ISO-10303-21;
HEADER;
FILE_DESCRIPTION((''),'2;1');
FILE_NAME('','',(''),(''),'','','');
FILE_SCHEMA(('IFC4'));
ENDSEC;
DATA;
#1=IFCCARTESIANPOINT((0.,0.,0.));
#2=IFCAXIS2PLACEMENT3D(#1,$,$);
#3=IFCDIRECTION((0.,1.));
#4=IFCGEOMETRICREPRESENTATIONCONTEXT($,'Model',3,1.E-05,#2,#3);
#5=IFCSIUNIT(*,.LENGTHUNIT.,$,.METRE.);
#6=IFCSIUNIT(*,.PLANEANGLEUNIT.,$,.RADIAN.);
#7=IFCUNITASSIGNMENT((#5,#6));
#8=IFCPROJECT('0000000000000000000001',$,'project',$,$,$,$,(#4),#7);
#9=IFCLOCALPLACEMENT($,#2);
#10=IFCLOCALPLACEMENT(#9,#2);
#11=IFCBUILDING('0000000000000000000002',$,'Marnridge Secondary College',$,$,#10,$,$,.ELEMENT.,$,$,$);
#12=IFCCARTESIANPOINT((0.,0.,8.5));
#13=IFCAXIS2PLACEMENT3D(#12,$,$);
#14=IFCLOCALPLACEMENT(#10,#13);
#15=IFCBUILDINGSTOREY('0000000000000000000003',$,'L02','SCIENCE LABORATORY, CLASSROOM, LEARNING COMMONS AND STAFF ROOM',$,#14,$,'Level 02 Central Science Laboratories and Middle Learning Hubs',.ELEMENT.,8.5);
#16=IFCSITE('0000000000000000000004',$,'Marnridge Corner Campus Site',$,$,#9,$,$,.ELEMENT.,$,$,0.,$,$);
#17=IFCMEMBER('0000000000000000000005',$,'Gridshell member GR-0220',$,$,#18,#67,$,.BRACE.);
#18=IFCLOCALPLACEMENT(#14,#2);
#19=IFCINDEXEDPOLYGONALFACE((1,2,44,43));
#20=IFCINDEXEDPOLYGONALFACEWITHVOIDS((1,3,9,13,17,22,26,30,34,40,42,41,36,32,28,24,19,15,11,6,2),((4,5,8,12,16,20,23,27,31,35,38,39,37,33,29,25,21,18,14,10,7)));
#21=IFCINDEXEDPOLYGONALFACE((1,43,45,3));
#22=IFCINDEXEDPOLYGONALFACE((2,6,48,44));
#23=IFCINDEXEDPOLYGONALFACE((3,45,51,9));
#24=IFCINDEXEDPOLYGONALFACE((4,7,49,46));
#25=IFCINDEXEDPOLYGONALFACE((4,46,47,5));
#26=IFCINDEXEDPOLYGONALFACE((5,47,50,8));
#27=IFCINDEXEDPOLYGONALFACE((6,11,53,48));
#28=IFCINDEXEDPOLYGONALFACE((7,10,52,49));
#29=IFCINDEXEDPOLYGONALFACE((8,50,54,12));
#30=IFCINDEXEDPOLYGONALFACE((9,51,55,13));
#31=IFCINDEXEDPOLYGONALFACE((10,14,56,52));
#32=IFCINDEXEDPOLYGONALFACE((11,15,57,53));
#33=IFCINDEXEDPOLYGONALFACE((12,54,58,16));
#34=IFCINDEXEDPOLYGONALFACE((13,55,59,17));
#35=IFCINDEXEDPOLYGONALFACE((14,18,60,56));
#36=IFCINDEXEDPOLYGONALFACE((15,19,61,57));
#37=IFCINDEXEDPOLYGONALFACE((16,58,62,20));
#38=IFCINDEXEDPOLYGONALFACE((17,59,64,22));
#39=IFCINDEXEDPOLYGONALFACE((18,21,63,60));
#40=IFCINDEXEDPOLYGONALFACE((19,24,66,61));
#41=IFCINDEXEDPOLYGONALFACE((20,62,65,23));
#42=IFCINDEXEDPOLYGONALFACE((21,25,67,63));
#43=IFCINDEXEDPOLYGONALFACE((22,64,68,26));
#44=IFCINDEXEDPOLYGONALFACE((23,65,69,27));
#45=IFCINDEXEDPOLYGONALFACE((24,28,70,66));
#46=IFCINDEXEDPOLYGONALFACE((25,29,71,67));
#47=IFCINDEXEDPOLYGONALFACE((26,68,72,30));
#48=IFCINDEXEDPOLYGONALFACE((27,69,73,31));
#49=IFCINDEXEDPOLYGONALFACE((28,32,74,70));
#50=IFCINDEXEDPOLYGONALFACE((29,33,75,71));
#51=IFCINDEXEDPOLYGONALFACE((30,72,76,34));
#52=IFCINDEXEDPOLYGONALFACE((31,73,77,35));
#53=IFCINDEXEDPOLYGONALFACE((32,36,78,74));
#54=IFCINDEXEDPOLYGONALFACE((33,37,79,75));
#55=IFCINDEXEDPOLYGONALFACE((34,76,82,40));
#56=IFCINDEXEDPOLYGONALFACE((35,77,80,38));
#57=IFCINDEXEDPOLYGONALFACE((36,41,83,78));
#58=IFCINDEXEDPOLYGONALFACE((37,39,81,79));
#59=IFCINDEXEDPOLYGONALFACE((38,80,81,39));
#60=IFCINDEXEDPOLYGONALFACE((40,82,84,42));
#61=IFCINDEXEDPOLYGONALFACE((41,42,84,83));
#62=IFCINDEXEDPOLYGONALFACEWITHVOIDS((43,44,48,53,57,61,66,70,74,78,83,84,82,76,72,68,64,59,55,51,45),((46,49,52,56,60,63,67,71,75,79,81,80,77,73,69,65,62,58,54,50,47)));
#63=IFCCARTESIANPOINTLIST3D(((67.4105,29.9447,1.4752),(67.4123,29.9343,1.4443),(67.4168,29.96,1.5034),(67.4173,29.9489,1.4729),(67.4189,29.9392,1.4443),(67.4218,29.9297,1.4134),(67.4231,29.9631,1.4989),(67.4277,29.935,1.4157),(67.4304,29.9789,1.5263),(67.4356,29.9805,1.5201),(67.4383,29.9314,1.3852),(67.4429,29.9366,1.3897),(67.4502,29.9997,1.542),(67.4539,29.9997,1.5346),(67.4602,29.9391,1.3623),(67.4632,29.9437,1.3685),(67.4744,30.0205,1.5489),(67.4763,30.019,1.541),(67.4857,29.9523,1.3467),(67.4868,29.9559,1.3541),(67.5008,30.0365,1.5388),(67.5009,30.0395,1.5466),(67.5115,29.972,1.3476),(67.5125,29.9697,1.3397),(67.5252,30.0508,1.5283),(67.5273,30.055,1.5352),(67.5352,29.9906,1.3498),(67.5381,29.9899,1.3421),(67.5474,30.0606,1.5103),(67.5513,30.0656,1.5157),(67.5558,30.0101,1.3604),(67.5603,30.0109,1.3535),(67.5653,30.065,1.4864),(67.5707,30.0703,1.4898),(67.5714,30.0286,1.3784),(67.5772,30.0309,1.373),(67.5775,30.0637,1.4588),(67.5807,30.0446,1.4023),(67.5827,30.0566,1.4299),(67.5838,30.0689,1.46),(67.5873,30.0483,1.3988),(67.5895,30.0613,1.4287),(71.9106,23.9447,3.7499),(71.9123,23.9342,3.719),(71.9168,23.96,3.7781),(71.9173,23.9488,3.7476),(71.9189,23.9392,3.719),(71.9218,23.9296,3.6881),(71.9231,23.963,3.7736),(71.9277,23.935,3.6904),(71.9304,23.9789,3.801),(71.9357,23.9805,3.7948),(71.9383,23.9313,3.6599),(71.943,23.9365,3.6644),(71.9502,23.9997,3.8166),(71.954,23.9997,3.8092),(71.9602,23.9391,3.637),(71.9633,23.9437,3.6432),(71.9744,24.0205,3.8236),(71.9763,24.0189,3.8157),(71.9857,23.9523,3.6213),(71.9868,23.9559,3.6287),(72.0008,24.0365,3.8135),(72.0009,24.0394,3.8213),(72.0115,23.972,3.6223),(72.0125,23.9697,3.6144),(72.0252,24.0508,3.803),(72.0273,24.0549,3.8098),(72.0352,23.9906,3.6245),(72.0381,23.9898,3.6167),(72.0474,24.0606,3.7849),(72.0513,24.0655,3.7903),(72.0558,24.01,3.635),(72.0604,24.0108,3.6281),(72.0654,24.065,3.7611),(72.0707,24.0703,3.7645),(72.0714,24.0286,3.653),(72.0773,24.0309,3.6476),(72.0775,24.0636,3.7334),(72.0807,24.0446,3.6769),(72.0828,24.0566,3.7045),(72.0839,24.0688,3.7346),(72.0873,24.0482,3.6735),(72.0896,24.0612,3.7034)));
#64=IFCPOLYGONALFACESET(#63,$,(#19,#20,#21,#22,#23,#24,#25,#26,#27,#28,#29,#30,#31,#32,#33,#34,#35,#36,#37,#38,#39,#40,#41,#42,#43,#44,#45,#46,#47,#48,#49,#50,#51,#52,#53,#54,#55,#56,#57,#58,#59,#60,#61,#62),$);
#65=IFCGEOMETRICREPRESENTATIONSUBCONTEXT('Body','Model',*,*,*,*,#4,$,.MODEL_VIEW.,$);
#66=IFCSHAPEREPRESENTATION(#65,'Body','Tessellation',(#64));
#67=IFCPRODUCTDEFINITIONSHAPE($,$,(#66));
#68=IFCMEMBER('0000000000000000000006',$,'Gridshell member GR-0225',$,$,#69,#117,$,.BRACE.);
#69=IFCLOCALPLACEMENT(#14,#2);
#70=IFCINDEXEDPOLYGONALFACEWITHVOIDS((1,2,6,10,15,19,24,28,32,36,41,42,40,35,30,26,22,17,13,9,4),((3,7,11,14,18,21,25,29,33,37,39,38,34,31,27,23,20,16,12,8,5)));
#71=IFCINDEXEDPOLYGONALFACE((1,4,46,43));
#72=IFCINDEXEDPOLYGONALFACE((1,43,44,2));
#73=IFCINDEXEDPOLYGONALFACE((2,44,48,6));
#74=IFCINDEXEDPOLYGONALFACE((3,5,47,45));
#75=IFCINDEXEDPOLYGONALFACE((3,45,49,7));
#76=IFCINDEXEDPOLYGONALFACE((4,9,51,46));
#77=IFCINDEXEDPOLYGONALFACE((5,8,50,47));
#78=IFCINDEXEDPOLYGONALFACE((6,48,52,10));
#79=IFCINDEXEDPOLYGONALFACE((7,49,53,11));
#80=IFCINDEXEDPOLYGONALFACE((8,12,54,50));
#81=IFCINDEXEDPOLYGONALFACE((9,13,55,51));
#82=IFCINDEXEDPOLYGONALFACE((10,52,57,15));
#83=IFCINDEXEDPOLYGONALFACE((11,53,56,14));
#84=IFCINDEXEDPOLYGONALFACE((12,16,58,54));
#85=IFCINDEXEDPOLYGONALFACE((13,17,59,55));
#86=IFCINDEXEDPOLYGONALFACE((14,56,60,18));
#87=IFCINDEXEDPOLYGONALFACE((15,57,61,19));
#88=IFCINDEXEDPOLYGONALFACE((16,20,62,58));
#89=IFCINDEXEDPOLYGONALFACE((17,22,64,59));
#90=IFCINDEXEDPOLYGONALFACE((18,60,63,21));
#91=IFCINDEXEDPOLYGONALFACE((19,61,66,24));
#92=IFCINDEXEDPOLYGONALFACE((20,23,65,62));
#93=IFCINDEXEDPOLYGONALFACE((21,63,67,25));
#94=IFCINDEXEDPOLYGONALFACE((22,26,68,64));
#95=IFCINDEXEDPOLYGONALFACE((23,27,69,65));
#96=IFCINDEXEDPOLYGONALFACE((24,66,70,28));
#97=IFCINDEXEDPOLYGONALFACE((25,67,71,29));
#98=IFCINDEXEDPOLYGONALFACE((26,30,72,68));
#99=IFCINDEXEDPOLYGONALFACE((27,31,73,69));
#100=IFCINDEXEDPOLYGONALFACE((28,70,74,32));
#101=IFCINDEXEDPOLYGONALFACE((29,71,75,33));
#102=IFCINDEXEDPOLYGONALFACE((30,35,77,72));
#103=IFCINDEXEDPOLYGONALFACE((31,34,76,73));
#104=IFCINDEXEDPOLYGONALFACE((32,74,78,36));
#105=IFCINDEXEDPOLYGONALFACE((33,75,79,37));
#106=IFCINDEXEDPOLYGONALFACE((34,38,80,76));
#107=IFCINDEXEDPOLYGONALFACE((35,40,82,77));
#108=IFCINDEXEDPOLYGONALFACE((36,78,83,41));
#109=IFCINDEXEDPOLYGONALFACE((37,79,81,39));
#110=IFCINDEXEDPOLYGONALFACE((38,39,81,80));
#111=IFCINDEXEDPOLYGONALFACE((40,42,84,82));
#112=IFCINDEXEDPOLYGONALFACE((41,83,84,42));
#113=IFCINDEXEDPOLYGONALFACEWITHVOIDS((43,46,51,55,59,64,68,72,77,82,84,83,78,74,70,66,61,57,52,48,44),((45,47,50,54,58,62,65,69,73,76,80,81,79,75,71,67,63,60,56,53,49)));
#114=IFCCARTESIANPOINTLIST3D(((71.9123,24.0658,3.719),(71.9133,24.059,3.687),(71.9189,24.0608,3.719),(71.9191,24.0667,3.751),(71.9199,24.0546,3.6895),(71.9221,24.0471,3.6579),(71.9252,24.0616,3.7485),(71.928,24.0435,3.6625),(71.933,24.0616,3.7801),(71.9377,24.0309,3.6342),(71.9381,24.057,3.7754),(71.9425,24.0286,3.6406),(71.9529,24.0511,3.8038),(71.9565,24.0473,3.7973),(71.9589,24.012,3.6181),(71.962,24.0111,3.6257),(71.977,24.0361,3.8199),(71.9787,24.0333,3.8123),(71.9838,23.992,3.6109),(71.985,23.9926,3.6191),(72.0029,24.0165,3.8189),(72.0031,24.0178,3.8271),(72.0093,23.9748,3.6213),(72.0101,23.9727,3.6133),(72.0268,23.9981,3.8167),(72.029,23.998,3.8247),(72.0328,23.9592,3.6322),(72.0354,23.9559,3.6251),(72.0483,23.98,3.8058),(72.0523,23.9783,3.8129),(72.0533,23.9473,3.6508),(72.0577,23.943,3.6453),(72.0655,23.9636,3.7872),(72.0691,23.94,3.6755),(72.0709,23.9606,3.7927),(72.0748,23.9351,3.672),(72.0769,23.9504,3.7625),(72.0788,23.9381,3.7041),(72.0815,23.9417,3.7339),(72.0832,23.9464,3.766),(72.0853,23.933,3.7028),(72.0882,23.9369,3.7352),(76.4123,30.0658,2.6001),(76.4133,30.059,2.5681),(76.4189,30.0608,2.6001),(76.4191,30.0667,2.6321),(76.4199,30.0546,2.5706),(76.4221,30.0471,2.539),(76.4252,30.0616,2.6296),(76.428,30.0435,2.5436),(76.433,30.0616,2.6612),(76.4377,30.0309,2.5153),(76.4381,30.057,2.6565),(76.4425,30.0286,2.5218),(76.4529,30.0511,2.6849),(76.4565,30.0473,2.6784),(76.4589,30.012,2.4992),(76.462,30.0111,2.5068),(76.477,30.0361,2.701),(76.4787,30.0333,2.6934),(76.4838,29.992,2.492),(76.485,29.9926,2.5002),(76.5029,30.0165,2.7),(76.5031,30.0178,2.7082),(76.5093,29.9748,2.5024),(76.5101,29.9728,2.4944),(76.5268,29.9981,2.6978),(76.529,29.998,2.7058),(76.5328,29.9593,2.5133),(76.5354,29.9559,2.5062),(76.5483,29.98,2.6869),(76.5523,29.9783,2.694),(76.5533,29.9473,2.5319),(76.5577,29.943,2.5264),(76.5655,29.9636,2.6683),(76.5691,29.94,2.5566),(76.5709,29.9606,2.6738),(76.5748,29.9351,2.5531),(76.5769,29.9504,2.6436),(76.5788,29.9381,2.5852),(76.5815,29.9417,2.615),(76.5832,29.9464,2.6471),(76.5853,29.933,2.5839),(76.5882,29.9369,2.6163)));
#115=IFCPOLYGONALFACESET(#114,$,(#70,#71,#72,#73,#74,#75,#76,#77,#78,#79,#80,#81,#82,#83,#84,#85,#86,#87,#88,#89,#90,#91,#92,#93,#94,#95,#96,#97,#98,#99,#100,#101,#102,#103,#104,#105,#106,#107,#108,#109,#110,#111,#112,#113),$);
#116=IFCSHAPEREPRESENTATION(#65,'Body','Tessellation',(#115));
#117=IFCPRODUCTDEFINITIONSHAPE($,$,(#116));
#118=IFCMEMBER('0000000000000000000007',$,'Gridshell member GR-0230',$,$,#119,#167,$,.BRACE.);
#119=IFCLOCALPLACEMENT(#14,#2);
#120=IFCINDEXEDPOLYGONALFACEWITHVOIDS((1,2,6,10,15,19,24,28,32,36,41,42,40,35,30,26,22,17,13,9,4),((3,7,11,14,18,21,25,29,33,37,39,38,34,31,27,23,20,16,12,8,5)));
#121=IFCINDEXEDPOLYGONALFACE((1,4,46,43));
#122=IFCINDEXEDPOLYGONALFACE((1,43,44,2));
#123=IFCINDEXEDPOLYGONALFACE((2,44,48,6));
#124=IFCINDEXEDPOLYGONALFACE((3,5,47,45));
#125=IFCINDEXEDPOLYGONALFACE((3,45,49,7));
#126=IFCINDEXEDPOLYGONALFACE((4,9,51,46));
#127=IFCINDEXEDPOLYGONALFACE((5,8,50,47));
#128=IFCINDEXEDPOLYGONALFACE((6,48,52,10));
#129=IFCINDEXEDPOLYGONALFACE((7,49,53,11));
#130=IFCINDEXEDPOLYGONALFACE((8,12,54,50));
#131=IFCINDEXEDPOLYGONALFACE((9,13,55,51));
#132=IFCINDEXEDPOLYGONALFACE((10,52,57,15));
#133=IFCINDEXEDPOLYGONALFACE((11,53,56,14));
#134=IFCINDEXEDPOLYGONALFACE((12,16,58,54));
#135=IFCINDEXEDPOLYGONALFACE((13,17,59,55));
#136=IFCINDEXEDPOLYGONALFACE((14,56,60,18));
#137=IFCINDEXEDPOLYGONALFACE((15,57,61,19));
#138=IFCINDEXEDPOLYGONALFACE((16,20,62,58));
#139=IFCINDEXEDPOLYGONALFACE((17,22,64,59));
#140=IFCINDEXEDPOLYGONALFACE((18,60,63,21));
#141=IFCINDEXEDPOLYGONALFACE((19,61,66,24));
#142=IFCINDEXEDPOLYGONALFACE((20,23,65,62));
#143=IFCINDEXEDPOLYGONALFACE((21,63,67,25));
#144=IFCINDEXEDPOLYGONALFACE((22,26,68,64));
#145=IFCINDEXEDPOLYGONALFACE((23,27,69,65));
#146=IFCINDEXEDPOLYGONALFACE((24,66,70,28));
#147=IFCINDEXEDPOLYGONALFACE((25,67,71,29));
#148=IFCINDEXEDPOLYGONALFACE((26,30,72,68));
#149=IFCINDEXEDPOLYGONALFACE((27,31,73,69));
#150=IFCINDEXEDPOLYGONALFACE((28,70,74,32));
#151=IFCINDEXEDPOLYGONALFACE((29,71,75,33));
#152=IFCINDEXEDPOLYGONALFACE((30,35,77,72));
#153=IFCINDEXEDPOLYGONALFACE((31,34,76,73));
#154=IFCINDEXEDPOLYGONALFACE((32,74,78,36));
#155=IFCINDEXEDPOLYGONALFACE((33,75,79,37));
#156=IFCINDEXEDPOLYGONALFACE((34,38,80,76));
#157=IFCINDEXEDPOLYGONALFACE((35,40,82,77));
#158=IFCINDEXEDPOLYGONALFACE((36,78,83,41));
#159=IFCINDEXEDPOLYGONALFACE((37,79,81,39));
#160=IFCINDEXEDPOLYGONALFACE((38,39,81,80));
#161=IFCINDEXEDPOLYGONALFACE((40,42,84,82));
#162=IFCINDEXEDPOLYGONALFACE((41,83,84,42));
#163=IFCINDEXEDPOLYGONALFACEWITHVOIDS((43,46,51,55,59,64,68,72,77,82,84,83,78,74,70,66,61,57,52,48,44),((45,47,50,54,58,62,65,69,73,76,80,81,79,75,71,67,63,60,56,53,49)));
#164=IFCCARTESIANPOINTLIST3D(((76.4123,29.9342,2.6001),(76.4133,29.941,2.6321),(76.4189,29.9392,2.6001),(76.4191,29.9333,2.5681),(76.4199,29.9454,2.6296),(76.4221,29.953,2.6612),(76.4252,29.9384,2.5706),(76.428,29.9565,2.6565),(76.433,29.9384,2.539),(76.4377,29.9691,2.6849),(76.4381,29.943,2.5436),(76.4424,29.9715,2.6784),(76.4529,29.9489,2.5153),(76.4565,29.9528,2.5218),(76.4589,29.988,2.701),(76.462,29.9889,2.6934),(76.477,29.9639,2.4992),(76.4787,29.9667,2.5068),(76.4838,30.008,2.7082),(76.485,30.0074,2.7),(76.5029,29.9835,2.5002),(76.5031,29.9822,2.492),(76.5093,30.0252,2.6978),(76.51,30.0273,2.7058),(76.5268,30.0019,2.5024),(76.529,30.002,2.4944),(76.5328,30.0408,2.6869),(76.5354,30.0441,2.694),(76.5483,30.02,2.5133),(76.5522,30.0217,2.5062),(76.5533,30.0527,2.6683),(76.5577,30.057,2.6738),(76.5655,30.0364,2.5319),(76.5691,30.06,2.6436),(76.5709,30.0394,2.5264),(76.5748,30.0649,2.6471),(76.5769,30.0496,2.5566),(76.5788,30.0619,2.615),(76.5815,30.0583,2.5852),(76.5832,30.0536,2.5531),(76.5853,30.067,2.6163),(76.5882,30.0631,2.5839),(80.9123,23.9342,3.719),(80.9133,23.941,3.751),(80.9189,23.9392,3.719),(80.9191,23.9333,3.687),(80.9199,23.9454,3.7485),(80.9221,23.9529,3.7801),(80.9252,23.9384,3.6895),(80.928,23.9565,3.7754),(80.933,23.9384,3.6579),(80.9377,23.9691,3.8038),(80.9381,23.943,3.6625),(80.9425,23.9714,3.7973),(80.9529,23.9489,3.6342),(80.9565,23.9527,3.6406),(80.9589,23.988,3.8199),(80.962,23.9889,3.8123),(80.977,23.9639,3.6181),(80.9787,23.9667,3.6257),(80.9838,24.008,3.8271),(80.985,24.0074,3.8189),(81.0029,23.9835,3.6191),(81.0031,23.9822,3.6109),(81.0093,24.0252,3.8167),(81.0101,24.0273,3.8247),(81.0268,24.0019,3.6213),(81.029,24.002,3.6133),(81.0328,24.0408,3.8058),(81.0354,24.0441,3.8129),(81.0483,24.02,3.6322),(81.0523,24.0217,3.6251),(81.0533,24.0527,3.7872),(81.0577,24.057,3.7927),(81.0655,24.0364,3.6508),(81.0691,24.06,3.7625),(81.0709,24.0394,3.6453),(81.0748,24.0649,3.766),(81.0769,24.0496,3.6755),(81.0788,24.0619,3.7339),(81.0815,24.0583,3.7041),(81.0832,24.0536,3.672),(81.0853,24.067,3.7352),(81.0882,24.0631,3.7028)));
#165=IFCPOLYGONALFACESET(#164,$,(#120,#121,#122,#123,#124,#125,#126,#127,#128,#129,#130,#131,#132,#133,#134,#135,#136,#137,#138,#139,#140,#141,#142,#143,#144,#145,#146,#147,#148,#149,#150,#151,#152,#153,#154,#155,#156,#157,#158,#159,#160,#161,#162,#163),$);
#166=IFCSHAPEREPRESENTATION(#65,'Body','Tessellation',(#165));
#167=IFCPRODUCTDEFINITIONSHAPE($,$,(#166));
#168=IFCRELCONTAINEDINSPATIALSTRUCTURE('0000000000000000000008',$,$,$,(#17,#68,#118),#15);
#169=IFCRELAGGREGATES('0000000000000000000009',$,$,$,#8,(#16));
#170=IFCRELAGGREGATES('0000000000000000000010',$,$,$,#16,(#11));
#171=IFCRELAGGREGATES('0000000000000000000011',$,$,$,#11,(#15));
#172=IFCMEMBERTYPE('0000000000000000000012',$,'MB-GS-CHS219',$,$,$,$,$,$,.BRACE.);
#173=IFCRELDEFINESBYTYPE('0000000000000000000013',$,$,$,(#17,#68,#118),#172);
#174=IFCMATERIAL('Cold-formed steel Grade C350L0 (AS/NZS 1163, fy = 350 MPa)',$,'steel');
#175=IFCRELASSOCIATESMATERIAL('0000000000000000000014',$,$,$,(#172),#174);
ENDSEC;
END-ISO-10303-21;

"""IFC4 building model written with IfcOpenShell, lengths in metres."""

from ifc_helpers import new_model, si_unit, direction, frame, origin, origin_2d, place, context, subcontext, project, spatial, hollow_circle, extrude, material, material_profile, profile_set, type_object, element, save


model = new_model("IFC4")

# Units and contexts
model_context = context("Model", 3, precision=1e-05, world=origin(), true_north=direction((0.0, 1.0)))
body_context = subcontext(model_context, "Body", "Model", "MODEL_VIEW")
ifc_project = project(units=[si_unit("LENGTHUNIT", "METRE"), si_unit("PLANEANGLEUNIT", "RADIAN")], contexts=[model_context])

# Site, building, storey
site_placement = place(None, origin())
site = spatial("IfcSite", under=ifc_project, at=site_placement, Name="Marnridge Corner Campus Site", CompositionType="ELEMENT", RefElevation=0.0)
building_placement = place(site_placement, origin())
building = spatial("IfcBuilding", under=site, at=building_placement, Name="Marnridge Secondary College", CompositionType="ELEMENT")
storey_placement = place(building_placement, frame((0.0, 0.0, 8.5)))
storey = spatial("IfcBuildingStorey", under=building, at=storey_placement, Name="L02", Description="SCIENCE LABORATORY, CLASSROOM, LEARNING COMMONS AND STAFF ROOM", LongName="Level 02 Central Science Laboratories and Middle Learning Hubs", CompositionType="ELEMENT", Elevation=8.5)

# Members
ifc_material_1 = material(Name="Cold-formed steel Grade C350L0 (AS/NZS 1163, fy = 350 MPa)", Category="steel")
ifc_material_profile_1 = material_profile(ifc_material_1, hollow_circle(Radius=0.1096, WallThickness=0.0083, at=origin_2d()), Name="219.1x8.2CHS")
ifc_profile_set_1 = profile_set([ifc_material_profile_1], Name="Cold-formed steel Grade C350L0 (AS/NZS 1163, fy = 350 MPa)")
member_type_1 = type_object("IfcMemberType", Name="MB-GS-CHS219", PredefinedType="BRACE", material=ifc_profile_set_1)
member_1_placement = place(storey_placement, frame((72.0, 24.0, 3.719), z_axis=(-0.574174, 0.765565, -0.290233), x_axis=(-0.8, -0.6, 0.0)))
element("IfcMember", 1, at=member_1_placement, inside=storey, type_object=member_type_1, Name="Gridshell member GR-0220", PredefinedType="BRACE", context=body_context, shape_type="SweptSolid", body=[
    extrude(hollow_circle(Radius=0.1096, WallThickness=0.0083, at=origin_2d()), origin(), (0.0, 0.0, 1.0), 7.8374),
])
for number, where, z_axis, x_axis, name in (
    (2, (72.0, 24.0, 3.719), (0.593432, 0.791243, -0.147553), (-0.8, 0.6, 0.0), "Gridshell member GR-0225"),
    (3, (81.0, 24.0, 3.719), (-0.593432, 0.791243, -0.147553), (-0.8, -0.6, 0.0), "Gridshell member GR-0230"),
):
    element("IfcMember", number, at=place(storey_placement, frame(where, z_axis=z_axis, x_axis=x_axis)), inside=storey, type_object=member_type_1, Name=name, PredefinedType="BRACE", context=body_context, shape_type="SweptSolid", body=[
        extrude(hollow_circle(Radius=0.1096, WallThickness=0.0083, at=origin_2d()), origin(), (0.0, 0.0, 1.0), 7.583),
    ])

save(model, "model.ifc")
